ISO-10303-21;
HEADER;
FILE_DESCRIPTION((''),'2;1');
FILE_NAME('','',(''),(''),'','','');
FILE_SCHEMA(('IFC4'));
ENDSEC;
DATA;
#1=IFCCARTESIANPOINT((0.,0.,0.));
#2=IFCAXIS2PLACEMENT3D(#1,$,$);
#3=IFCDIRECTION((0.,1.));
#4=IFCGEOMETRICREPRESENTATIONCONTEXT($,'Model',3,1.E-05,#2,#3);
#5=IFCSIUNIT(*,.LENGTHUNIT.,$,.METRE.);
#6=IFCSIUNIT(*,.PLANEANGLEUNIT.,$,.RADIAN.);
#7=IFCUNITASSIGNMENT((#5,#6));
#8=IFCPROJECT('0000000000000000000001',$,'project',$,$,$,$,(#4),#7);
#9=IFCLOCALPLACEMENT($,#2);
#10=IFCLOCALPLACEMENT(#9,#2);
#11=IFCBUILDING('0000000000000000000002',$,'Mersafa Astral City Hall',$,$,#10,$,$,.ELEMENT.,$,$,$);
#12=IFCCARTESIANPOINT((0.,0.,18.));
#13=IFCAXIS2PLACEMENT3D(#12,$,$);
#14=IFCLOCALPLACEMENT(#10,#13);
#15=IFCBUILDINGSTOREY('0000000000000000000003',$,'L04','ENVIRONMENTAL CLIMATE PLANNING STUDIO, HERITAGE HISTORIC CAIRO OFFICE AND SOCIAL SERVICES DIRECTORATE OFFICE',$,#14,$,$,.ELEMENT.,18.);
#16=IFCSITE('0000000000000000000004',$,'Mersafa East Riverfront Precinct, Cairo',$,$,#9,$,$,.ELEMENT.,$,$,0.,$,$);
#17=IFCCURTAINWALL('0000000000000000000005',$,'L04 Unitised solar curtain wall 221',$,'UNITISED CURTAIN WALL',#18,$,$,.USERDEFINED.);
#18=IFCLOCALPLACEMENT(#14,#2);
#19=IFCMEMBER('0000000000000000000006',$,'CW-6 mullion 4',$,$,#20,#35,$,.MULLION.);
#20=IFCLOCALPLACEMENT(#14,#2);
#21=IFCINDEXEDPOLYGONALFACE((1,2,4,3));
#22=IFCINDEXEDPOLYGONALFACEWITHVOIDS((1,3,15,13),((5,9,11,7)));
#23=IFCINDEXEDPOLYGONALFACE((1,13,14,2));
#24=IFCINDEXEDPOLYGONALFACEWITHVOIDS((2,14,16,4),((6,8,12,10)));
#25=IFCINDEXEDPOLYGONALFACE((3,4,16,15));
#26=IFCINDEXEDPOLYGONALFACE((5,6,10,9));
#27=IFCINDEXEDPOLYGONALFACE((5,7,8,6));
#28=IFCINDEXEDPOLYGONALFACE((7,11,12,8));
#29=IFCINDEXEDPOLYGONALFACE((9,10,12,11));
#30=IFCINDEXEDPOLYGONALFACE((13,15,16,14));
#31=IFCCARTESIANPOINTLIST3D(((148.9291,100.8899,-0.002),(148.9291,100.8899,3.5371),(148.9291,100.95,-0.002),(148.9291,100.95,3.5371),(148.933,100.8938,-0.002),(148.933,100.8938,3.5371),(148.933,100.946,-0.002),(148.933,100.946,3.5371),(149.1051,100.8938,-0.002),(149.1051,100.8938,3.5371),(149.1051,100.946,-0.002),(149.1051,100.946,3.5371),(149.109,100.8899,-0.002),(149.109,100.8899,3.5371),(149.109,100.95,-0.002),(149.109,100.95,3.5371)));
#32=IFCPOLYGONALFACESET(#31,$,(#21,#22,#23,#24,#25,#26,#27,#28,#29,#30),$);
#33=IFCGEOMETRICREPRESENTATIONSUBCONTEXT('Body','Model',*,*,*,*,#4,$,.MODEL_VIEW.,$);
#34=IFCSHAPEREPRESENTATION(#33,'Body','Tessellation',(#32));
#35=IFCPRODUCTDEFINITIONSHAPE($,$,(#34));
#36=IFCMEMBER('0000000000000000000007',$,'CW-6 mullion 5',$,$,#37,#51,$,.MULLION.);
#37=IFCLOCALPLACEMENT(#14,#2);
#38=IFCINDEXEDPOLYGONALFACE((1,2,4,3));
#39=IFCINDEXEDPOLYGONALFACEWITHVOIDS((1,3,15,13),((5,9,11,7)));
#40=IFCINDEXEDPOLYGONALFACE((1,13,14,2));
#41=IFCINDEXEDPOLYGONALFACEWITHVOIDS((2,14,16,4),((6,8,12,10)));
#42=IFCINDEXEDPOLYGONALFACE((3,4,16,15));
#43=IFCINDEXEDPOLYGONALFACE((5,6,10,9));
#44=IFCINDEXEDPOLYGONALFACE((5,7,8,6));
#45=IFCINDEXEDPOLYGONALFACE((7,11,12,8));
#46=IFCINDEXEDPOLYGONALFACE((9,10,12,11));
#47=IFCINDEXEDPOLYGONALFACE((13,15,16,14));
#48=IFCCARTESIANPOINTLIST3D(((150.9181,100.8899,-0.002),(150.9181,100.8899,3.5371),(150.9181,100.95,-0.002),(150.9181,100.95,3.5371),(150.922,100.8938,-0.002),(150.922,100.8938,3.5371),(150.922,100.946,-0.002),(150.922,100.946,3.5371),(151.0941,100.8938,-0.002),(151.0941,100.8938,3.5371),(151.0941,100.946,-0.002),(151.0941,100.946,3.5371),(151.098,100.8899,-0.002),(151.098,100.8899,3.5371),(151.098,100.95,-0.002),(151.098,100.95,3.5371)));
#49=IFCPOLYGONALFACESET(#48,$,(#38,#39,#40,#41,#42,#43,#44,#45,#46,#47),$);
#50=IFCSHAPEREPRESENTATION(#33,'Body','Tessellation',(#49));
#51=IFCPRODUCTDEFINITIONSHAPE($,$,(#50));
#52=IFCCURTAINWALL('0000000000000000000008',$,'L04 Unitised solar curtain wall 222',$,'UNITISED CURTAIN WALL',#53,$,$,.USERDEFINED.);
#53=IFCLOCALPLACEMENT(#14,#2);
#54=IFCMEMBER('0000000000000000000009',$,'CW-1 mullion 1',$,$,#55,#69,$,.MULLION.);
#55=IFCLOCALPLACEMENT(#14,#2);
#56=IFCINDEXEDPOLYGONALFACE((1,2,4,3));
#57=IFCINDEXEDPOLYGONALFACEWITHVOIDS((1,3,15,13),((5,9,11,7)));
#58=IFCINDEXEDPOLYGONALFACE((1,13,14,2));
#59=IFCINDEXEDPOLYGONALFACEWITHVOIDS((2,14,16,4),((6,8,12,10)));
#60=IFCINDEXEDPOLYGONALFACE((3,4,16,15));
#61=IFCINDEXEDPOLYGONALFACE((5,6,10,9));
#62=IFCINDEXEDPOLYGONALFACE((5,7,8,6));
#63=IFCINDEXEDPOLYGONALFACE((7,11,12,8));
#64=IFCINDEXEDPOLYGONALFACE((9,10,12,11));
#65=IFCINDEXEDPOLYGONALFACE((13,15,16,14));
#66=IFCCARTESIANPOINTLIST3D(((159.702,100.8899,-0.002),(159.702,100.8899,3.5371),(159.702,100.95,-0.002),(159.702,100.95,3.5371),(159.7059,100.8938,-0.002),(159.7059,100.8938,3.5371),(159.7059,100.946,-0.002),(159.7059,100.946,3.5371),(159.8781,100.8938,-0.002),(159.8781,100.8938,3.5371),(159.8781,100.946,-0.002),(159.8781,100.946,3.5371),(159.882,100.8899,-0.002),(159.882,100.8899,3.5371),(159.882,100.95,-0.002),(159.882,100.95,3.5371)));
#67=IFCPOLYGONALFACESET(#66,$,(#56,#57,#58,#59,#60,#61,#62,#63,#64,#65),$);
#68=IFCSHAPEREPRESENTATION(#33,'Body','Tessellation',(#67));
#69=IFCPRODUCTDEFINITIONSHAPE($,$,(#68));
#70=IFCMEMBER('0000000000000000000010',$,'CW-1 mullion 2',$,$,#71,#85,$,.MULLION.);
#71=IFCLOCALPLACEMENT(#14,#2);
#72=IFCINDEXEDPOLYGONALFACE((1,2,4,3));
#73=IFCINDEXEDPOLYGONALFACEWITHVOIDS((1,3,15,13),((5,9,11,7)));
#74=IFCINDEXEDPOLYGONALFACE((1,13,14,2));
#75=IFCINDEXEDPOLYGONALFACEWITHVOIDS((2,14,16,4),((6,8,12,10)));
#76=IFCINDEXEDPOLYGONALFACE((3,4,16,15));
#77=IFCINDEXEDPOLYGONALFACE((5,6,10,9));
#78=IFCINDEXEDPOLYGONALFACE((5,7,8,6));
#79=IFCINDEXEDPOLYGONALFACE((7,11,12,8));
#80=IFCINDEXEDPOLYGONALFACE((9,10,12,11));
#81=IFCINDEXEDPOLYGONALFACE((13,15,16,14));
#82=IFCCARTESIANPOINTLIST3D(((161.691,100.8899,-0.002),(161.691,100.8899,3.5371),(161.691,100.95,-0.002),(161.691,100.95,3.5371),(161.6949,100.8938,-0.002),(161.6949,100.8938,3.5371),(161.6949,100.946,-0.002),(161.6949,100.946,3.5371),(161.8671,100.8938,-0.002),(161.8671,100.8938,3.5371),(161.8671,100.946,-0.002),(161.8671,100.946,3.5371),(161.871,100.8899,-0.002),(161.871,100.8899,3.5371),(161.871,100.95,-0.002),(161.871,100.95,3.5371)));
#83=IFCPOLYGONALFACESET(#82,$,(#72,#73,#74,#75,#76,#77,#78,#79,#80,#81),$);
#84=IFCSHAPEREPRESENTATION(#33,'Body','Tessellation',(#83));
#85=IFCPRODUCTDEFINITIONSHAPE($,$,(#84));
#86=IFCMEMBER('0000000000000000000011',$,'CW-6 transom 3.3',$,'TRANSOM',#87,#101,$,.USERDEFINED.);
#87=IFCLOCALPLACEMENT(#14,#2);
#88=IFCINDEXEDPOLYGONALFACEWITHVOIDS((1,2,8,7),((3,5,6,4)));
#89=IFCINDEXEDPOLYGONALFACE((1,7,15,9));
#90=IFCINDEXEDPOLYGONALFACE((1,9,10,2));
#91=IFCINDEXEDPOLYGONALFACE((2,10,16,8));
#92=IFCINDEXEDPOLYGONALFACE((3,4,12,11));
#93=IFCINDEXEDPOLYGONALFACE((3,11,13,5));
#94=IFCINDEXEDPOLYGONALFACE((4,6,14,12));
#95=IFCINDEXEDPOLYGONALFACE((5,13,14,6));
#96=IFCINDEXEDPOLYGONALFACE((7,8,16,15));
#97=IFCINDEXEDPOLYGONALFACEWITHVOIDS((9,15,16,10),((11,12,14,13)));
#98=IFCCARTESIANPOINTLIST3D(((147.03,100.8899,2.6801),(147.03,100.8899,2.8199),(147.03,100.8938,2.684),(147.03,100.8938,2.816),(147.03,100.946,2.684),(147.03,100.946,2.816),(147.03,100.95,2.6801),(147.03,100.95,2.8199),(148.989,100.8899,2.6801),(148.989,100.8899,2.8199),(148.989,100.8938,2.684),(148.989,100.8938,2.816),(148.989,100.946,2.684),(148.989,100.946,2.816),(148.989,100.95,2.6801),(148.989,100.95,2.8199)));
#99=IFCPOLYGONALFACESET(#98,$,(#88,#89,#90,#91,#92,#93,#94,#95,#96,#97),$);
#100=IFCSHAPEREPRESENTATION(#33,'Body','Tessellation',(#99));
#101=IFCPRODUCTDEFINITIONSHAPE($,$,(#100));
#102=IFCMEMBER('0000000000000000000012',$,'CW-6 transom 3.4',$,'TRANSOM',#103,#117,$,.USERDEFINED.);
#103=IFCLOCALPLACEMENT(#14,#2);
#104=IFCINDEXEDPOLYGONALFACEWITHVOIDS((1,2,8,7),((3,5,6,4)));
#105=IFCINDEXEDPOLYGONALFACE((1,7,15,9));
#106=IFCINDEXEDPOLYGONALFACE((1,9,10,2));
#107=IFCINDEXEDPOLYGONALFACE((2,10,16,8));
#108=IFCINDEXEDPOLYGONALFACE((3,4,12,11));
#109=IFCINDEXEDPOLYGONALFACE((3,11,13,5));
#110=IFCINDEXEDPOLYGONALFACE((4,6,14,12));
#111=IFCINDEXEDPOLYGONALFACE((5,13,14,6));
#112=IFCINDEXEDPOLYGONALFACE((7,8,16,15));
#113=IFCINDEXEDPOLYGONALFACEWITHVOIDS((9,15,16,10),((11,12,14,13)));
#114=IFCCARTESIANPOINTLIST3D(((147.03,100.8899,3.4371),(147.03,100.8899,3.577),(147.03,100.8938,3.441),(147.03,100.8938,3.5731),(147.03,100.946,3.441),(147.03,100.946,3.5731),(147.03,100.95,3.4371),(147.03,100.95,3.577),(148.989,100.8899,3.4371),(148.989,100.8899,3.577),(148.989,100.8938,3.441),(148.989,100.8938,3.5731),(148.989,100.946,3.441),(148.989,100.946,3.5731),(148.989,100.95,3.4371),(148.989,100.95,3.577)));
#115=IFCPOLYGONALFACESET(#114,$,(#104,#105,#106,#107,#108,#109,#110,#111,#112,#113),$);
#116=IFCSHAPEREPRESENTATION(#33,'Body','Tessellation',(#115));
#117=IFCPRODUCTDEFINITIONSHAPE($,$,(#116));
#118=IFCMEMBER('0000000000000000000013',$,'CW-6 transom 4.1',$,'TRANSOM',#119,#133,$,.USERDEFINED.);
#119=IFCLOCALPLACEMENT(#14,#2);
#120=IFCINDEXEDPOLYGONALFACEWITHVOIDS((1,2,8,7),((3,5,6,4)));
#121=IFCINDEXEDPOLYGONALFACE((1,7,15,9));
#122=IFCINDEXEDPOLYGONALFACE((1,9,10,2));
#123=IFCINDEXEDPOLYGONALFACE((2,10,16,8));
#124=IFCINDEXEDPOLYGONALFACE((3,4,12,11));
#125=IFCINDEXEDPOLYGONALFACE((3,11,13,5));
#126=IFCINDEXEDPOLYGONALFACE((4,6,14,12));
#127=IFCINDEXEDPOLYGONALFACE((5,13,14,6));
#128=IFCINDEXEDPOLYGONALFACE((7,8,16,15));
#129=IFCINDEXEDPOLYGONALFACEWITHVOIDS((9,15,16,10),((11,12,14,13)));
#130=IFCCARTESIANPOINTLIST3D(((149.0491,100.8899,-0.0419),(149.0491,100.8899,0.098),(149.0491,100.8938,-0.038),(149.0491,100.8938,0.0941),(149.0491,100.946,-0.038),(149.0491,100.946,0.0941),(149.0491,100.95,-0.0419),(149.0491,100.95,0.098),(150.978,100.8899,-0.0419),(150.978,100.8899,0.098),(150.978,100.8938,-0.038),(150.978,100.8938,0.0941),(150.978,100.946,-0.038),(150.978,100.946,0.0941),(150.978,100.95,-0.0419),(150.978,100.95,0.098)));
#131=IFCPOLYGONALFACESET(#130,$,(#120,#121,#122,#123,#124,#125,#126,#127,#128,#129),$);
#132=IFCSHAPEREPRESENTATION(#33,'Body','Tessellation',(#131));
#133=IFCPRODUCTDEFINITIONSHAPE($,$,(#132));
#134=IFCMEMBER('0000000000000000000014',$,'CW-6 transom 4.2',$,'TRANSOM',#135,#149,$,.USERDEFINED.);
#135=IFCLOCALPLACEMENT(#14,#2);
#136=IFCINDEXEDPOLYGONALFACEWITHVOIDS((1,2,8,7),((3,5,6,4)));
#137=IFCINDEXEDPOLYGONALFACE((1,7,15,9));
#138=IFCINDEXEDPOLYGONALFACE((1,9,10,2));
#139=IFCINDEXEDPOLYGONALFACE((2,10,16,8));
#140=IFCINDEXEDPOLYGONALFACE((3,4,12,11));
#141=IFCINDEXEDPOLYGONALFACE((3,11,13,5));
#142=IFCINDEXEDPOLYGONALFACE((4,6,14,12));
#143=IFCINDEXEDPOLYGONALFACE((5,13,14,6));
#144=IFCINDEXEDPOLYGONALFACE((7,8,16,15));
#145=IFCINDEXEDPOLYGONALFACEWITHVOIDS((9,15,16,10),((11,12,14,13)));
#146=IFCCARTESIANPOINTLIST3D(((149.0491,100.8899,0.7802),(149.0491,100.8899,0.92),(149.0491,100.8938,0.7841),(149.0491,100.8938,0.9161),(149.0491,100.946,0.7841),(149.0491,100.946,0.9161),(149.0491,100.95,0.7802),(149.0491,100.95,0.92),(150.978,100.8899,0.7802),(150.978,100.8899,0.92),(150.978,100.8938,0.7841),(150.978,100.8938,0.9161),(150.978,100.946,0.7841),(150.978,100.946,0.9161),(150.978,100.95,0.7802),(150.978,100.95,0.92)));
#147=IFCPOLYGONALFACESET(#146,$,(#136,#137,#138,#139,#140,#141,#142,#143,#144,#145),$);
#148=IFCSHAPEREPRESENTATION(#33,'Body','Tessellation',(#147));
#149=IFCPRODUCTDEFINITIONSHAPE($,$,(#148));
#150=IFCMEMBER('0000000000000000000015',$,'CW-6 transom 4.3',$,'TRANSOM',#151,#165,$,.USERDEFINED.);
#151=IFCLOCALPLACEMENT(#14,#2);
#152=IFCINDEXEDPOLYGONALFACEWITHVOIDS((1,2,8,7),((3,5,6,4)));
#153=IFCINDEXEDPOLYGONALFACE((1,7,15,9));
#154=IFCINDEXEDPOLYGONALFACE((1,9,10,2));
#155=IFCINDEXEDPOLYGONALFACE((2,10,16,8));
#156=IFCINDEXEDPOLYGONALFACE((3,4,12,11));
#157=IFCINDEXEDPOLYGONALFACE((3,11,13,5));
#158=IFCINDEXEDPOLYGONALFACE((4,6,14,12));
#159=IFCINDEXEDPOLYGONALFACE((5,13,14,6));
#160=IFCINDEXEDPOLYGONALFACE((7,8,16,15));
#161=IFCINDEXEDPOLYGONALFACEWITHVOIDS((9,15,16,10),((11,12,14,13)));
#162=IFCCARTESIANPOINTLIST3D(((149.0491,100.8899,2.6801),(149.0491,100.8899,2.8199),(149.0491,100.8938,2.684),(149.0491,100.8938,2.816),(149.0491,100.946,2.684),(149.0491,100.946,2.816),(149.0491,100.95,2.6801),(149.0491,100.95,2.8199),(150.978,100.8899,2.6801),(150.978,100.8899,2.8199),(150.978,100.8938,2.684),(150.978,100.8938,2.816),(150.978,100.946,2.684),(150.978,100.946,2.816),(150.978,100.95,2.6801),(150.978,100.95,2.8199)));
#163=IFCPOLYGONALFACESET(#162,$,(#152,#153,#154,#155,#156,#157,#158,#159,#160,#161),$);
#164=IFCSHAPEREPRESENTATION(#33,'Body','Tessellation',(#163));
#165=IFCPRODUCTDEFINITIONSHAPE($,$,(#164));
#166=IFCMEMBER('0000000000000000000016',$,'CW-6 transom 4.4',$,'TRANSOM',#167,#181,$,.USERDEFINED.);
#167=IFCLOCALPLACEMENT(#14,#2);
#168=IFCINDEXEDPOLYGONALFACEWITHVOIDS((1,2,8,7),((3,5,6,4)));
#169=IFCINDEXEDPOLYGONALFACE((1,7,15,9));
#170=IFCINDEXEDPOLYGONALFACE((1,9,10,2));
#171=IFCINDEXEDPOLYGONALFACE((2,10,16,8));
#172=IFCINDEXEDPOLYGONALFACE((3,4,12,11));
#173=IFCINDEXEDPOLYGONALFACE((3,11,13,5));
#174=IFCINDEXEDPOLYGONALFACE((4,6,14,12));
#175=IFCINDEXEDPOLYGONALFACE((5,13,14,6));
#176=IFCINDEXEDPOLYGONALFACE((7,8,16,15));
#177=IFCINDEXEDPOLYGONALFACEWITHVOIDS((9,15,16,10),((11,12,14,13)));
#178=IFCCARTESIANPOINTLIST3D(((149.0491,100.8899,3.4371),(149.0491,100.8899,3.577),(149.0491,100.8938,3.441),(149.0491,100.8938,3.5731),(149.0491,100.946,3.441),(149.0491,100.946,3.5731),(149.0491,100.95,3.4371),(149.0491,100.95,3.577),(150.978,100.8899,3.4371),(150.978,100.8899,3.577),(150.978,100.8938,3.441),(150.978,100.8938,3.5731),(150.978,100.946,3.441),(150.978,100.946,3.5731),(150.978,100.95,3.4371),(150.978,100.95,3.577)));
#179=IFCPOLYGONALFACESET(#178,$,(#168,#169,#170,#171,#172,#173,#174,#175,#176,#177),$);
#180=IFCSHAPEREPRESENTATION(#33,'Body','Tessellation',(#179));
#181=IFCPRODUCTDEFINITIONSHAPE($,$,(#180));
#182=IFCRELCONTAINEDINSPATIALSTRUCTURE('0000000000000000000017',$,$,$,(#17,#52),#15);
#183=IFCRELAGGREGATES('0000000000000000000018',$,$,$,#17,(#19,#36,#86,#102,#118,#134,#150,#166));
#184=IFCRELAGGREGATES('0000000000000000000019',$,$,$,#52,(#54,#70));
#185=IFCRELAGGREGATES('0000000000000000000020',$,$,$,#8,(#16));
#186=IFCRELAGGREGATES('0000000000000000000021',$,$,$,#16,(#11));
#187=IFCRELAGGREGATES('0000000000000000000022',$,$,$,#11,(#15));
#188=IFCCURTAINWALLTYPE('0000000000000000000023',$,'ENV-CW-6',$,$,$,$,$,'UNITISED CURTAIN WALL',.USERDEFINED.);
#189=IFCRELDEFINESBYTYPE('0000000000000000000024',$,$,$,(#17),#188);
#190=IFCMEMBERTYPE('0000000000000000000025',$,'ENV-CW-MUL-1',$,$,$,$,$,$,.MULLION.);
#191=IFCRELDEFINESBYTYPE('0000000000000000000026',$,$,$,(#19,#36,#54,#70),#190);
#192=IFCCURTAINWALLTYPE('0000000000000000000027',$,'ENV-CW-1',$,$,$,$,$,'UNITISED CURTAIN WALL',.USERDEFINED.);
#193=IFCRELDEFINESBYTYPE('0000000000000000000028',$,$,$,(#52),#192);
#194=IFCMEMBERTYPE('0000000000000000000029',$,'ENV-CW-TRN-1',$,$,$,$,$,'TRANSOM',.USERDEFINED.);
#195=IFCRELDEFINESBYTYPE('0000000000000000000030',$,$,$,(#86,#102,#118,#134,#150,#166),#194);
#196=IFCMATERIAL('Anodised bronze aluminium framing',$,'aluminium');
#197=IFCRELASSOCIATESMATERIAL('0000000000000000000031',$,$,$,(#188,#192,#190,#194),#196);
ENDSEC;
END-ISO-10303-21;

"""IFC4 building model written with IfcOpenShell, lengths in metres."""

from ifc_helpers import new_model, si_unit, direction, frame, origin, origin_2d, place, context, subcontext, project, spatial, hollow_rectangle, extrude, material, material_profile, profile_set, type_object, element, aggregate, save


model = new_model("IFC4")

# Units and contexts
model_context = context("Model", 3, precision=1e-05, world=origin(), true_north=direction((0.0, 1.0)))
body_context = subcontext(model_context, "Body", "Model", "MODEL_VIEW")
ifc_project = project(units=[si_unit("LENGTHUNIT", "METRE"), si_unit("PLANEANGLEUNIT", "RADIAN")], contexts=[model_context])

# Site, building, storey
site_placement = place(None, origin())
site = spatial("IfcSite", under=ifc_project, at=site_placement, Name="Mersafa East Riverfront Precinct, Cairo", CompositionType="ELEMENT", RefElevation=0.0)
building_placement = place(site_placement, origin())
building = spatial("IfcBuilding", under=site, at=building_placement, Name="Mersafa Astral City Hall", CompositionType="ELEMENT")
storey_placement = place(building_placement, frame((0.0, 0.0, 18.0)))
storey = spatial("IfcBuildingStorey", under=building, at=storey_placement, Name="L04", Description="ENVIRONMENTAL CLIMATE PLANNING STUDIO, HERITAGE HISTORIC CAIRO OFFICE AND SOCIAL SERVICES DIRECTORATE OFFICE", CompositionType="ELEMENT", Elevation=18.0)

# Curtain walls, members
ifc_material_1 = material(Name="Anodised bronze aluminium framing", Category="aluminium")
curtain_wall_type_1 = type_object("IfcCurtainWallType", Name="ENV-CW-6", ElementType="UNITISED CURTAIN WALL", PredefinedType="USERDEFINED", material=ifc_material_1)
curtain_wall_1_placement = place(storey_placement, origin())
curtain_wall_1 = element("IfcCurtainWall", 1, at=curtain_wall_1_placement, inside=storey, type_object=curtain_wall_type_1, Name="L04 Unitised solar curtain wall 221", ObjectType="UNITISED CURTAIN WALL", PredefinedType="USERDEFINED")
ifc_material_profile_1 = material_profile(ifc_material_1, hollow_rectangle(XDim=0.0601, YDim=0.1799, WallThickness=0.0039, at=origin_2d()), Name="RHS 60x180x4")
ifc_profile_set_1 = profile_set([ifc_material_profile_1], Name="Anodised bronze aluminium framing")
member_type_1 = type_object("IfcMemberType", Name="ENV-CW-MUL-1", PredefinedType="MULLION", material=ifc_profile_set_1)
member_1_placement = place(storey_placement, frame((149.019, 100.9199, -0.002), z_axis=(0.0, 0.0, 1.0), x_axis=(0.0, 1.0, 0.0)))
member_1 = element("IfcMember", 2, at=member_1_placement, type_object=member_type_1, Name="CW-6 mullion 4", PredefinedType="MULLION", context=body_context, shape_type="SweptSolid", body=[
    extrude(hollow_rectangle(XDim=0.0601, YDim=0.1799, WallThickness=0.0039, at=origin_2d()), origin(), (0.0, 0.0, 1.0), 3.5391),
])
member_2_placement = place(storey_placement, frame((151.0081, 100.9199, -0.002), z_axis=(0.0, 0.0, 1.0), x_axis=(0.0, 1.0, 0.0)))
member_2 = element("IfcMember", 3, at=member_2_placement, type_object=member_type_1, Name="CW-6 mullion 5", PredefinedType="MULLION", context=body_context, shape_type="SweptSolid", body=[
    extrude(hollow_rectangle(XDim=0.0601, YDim=0.1799, WallThickness=0.0039, at=origin_2d()), origin(), (0.0, 0.0, 1.0), 3.5391),
])
curtain_wall_type_2 = type_object("IfcCurtainWallType", Name="ENV-CW-1", ElementType="UNITISED CURTAIN WALL", PredefinedType="USERDEFINED", material=ifc_material_1)
curtain_wall_2_placement = place(storey_placement, origin())
curtain_wall_2 = element("IfcCurtainWall", 4, at=curtain_wall_2_placement, inside=storey, type_object=curtain_wall_type_2, Name="L04 Unitised solar curtain wall 222", ObjectType="UNITISED CURTAIN WALL", PredefinedType="USERDEFINED")
member_3_placement = place(storey_placement, frame((159.792, 100.9199, -0.002), z_axis=(0.0, 0.0, 1.0), x_axis=(0.0, 1.0, 0.0)))
member_3 = element("IfcMember", 5, at=member_3_placement, type_object=member_type_1, Name="CW-1 mullion 1", PredefinedType="MULLION", context=body_context, shape_type="SweptSolid", body=[
    extrude(hollow_rectangle(XDim=0.0601, YDim=0.1799, WallThickness=0.0039, at=origin_2d()), origin(), (0.0, 0.0, 1.0), 3.5391),
])
member_4_placement = place(storey_placement, frame((161.781, 100.9199, -0.002), z_axis=(0.0, 0.0, 1.0), x_axis=(0.0, 1.0, 0.0)))
member_4 = element("IfcMember", 6, at=member_4_placement, type_object=member_type_1, Name="CW-1 mullion 2", PredefinedType="MULLION", context=body_context, shape_type="SweptSolid", body=[
    extrude(hollow_rectangle(XDim=0.0601, YDim=0.1799, WallThickness=0.0039, at=origin_2d()), origin(), (0.0, 0.0, 1.0), 3.5391),
])

# Members
ifc_material_profile_2 = material_profile(ifc_material_1, hollow_rectangle(XDim=0.0601, YDim=0.1399, WallThickness=0.0039, at=origin_2d()), Name="RHS 60x140x4")
ifc_profile_set_2 = profile_set([ifc_material_profile_2], Name="Anodised bronze aluminium framing")
member_type_2 = type_object("IfcMemberType", Name="ENV-CW-TRN-1", ElementType="TRANSOM", PredefinedType="USERDEFINED", material=ifc_profile_set_2)
member_5_placement = place(storey_placement, frame((147.03, 100.9199, 2.75), z_axis=(1.0, 0.0, 0.0), x_axis=(0.0, 1.0, 0.0)))
member_5 = element("IfcMember", 7, at=member_5_placement, type_object=member_type_2, Name="CW-6 transom 3.3", ObjectType="TRANSOM", PredefinedType="USERDEFINED", context=body_context, shape_type="SweptSolid", body=[
    extrude(hollow_rectangle(XDim=0.0601, YDim=0.1399, WallThickness=0.0039, at=origin_2d()), origin(), (0.0, 0.0, 1.0), 1.959),
])
member_6_placement = place(storey_placement, frame((147.03, 100.9199, 3.5071), z_axis=(1.0, 0.0, 0.0), x_axis=(0.0, 1.0, 0.0)))
member_6 = element("IfcMember", 8, at=member_6_placement, type_object=member_type_2, Name="CW-6 transom 3.4", ObjectType="TRANSOM", PredefinedType="USERDEFINED", context=body_context, shape_type="SweptSolid", body=[
    extrude(hollow_rectangle(XDim=0.0601, YDim=0.1399, WallThickness=0.0039, at=origin_2d()), origin(), (0.0, 0.0, 1.0), 1.959),
])
member_7_placement = place(storey_placement, frame((149.0491, 100.9199, 0.0281), z_axis=(1.0, 0.0, 0.0), x_axis=(0.0, 1.0, 0.0)))
member_7 = element("IfcMember", 9, at=member_7_placement, type_object=member_type_2, Name="CW-6 transom 4.1", ObjectType="TRANSOM", PredefinedType="USERDEFINED", context=body_context, shape_type="SweptSolid", body=[
    extrude(hollow_rectangle(XDim=0.0601, YDim=0.1399, WallThickness=0.0039, at=origin_2d()), origin(), (0.0, 0.0, 1.0), 1.929),
])
member_8_placement = place(storey_placement, frame((149.0491, 100.9199, 0.8501), z_axis=(1.0, 0.0, 0.0), x_axis=(0.0, 1.0, 0.0)))
member_8 = element("IfcMember", 10, at=member_8_placement, type_object=member_type_2, Name="CW-6 transom 4.2", ObjectType="TRANSOM", PredefinedType="USERDEFINED", context=body_context, shape_type="SweptSolid", body=[
    extrude(hollow_rectangle(XDim=0.0601, YDim=0.1399, WallThickness=0.0039, at=origin_2d()), origin(), (0.0, 0.0, 1.0), 1.929),
])
member_9_placement = place(storey_placement, frame((149.0491, 100.9199, 2.75), z_axis=(1.0, 0.0, 0.0), x_axis=(0.0, 1.0, 0.0)))
member_9 = element("IfcMember", 11, at=member_9_placement, type_object=member_type_2, Name="CW-6 transom 4.3", ObjectType="TRANSOM", PredefinedType="USERDEFINED", context=body_context, shape_type="SweptSolid", body=[
    extrude(hollow_rectangle(XDim=0.0601, YDim=0.1399, WallThickness=0.0039, at=origin_2d()), origin(), (0.0, 0.0, 1.0), 1.929),
])
member_10_placement = place(storey_placement, frame((149.0491, 100.9199, 3.5071), z_axis=(1.0, 0.0, 0.0), x_axis=(0.0, 1.0, 0.0)))
member_10 = element("IfcMember", 12, at=member_10_placement, type_object=member_type_2, Name="CW-6 transom 4.4", ObjectType="TRANSOM", PredefinedType="USERDEFINED", context=body_context, shape_type="SweptSolid", body=[
    extrude(hollow_rectangle(XDim=0.0601, YDim=0.1399, WallThickness=0.0039, at=origin_2d()), origin(), (0.0, 0.0, 1.0), 1.929),
])

aggregate(curtain_wall_1, [member_1, member_2, member_5, member_6, member_7, member_8, member_9, member_10])
aggregate(curtain_wall_2, [member_3, member_4])

save(model, "model.ifc")
